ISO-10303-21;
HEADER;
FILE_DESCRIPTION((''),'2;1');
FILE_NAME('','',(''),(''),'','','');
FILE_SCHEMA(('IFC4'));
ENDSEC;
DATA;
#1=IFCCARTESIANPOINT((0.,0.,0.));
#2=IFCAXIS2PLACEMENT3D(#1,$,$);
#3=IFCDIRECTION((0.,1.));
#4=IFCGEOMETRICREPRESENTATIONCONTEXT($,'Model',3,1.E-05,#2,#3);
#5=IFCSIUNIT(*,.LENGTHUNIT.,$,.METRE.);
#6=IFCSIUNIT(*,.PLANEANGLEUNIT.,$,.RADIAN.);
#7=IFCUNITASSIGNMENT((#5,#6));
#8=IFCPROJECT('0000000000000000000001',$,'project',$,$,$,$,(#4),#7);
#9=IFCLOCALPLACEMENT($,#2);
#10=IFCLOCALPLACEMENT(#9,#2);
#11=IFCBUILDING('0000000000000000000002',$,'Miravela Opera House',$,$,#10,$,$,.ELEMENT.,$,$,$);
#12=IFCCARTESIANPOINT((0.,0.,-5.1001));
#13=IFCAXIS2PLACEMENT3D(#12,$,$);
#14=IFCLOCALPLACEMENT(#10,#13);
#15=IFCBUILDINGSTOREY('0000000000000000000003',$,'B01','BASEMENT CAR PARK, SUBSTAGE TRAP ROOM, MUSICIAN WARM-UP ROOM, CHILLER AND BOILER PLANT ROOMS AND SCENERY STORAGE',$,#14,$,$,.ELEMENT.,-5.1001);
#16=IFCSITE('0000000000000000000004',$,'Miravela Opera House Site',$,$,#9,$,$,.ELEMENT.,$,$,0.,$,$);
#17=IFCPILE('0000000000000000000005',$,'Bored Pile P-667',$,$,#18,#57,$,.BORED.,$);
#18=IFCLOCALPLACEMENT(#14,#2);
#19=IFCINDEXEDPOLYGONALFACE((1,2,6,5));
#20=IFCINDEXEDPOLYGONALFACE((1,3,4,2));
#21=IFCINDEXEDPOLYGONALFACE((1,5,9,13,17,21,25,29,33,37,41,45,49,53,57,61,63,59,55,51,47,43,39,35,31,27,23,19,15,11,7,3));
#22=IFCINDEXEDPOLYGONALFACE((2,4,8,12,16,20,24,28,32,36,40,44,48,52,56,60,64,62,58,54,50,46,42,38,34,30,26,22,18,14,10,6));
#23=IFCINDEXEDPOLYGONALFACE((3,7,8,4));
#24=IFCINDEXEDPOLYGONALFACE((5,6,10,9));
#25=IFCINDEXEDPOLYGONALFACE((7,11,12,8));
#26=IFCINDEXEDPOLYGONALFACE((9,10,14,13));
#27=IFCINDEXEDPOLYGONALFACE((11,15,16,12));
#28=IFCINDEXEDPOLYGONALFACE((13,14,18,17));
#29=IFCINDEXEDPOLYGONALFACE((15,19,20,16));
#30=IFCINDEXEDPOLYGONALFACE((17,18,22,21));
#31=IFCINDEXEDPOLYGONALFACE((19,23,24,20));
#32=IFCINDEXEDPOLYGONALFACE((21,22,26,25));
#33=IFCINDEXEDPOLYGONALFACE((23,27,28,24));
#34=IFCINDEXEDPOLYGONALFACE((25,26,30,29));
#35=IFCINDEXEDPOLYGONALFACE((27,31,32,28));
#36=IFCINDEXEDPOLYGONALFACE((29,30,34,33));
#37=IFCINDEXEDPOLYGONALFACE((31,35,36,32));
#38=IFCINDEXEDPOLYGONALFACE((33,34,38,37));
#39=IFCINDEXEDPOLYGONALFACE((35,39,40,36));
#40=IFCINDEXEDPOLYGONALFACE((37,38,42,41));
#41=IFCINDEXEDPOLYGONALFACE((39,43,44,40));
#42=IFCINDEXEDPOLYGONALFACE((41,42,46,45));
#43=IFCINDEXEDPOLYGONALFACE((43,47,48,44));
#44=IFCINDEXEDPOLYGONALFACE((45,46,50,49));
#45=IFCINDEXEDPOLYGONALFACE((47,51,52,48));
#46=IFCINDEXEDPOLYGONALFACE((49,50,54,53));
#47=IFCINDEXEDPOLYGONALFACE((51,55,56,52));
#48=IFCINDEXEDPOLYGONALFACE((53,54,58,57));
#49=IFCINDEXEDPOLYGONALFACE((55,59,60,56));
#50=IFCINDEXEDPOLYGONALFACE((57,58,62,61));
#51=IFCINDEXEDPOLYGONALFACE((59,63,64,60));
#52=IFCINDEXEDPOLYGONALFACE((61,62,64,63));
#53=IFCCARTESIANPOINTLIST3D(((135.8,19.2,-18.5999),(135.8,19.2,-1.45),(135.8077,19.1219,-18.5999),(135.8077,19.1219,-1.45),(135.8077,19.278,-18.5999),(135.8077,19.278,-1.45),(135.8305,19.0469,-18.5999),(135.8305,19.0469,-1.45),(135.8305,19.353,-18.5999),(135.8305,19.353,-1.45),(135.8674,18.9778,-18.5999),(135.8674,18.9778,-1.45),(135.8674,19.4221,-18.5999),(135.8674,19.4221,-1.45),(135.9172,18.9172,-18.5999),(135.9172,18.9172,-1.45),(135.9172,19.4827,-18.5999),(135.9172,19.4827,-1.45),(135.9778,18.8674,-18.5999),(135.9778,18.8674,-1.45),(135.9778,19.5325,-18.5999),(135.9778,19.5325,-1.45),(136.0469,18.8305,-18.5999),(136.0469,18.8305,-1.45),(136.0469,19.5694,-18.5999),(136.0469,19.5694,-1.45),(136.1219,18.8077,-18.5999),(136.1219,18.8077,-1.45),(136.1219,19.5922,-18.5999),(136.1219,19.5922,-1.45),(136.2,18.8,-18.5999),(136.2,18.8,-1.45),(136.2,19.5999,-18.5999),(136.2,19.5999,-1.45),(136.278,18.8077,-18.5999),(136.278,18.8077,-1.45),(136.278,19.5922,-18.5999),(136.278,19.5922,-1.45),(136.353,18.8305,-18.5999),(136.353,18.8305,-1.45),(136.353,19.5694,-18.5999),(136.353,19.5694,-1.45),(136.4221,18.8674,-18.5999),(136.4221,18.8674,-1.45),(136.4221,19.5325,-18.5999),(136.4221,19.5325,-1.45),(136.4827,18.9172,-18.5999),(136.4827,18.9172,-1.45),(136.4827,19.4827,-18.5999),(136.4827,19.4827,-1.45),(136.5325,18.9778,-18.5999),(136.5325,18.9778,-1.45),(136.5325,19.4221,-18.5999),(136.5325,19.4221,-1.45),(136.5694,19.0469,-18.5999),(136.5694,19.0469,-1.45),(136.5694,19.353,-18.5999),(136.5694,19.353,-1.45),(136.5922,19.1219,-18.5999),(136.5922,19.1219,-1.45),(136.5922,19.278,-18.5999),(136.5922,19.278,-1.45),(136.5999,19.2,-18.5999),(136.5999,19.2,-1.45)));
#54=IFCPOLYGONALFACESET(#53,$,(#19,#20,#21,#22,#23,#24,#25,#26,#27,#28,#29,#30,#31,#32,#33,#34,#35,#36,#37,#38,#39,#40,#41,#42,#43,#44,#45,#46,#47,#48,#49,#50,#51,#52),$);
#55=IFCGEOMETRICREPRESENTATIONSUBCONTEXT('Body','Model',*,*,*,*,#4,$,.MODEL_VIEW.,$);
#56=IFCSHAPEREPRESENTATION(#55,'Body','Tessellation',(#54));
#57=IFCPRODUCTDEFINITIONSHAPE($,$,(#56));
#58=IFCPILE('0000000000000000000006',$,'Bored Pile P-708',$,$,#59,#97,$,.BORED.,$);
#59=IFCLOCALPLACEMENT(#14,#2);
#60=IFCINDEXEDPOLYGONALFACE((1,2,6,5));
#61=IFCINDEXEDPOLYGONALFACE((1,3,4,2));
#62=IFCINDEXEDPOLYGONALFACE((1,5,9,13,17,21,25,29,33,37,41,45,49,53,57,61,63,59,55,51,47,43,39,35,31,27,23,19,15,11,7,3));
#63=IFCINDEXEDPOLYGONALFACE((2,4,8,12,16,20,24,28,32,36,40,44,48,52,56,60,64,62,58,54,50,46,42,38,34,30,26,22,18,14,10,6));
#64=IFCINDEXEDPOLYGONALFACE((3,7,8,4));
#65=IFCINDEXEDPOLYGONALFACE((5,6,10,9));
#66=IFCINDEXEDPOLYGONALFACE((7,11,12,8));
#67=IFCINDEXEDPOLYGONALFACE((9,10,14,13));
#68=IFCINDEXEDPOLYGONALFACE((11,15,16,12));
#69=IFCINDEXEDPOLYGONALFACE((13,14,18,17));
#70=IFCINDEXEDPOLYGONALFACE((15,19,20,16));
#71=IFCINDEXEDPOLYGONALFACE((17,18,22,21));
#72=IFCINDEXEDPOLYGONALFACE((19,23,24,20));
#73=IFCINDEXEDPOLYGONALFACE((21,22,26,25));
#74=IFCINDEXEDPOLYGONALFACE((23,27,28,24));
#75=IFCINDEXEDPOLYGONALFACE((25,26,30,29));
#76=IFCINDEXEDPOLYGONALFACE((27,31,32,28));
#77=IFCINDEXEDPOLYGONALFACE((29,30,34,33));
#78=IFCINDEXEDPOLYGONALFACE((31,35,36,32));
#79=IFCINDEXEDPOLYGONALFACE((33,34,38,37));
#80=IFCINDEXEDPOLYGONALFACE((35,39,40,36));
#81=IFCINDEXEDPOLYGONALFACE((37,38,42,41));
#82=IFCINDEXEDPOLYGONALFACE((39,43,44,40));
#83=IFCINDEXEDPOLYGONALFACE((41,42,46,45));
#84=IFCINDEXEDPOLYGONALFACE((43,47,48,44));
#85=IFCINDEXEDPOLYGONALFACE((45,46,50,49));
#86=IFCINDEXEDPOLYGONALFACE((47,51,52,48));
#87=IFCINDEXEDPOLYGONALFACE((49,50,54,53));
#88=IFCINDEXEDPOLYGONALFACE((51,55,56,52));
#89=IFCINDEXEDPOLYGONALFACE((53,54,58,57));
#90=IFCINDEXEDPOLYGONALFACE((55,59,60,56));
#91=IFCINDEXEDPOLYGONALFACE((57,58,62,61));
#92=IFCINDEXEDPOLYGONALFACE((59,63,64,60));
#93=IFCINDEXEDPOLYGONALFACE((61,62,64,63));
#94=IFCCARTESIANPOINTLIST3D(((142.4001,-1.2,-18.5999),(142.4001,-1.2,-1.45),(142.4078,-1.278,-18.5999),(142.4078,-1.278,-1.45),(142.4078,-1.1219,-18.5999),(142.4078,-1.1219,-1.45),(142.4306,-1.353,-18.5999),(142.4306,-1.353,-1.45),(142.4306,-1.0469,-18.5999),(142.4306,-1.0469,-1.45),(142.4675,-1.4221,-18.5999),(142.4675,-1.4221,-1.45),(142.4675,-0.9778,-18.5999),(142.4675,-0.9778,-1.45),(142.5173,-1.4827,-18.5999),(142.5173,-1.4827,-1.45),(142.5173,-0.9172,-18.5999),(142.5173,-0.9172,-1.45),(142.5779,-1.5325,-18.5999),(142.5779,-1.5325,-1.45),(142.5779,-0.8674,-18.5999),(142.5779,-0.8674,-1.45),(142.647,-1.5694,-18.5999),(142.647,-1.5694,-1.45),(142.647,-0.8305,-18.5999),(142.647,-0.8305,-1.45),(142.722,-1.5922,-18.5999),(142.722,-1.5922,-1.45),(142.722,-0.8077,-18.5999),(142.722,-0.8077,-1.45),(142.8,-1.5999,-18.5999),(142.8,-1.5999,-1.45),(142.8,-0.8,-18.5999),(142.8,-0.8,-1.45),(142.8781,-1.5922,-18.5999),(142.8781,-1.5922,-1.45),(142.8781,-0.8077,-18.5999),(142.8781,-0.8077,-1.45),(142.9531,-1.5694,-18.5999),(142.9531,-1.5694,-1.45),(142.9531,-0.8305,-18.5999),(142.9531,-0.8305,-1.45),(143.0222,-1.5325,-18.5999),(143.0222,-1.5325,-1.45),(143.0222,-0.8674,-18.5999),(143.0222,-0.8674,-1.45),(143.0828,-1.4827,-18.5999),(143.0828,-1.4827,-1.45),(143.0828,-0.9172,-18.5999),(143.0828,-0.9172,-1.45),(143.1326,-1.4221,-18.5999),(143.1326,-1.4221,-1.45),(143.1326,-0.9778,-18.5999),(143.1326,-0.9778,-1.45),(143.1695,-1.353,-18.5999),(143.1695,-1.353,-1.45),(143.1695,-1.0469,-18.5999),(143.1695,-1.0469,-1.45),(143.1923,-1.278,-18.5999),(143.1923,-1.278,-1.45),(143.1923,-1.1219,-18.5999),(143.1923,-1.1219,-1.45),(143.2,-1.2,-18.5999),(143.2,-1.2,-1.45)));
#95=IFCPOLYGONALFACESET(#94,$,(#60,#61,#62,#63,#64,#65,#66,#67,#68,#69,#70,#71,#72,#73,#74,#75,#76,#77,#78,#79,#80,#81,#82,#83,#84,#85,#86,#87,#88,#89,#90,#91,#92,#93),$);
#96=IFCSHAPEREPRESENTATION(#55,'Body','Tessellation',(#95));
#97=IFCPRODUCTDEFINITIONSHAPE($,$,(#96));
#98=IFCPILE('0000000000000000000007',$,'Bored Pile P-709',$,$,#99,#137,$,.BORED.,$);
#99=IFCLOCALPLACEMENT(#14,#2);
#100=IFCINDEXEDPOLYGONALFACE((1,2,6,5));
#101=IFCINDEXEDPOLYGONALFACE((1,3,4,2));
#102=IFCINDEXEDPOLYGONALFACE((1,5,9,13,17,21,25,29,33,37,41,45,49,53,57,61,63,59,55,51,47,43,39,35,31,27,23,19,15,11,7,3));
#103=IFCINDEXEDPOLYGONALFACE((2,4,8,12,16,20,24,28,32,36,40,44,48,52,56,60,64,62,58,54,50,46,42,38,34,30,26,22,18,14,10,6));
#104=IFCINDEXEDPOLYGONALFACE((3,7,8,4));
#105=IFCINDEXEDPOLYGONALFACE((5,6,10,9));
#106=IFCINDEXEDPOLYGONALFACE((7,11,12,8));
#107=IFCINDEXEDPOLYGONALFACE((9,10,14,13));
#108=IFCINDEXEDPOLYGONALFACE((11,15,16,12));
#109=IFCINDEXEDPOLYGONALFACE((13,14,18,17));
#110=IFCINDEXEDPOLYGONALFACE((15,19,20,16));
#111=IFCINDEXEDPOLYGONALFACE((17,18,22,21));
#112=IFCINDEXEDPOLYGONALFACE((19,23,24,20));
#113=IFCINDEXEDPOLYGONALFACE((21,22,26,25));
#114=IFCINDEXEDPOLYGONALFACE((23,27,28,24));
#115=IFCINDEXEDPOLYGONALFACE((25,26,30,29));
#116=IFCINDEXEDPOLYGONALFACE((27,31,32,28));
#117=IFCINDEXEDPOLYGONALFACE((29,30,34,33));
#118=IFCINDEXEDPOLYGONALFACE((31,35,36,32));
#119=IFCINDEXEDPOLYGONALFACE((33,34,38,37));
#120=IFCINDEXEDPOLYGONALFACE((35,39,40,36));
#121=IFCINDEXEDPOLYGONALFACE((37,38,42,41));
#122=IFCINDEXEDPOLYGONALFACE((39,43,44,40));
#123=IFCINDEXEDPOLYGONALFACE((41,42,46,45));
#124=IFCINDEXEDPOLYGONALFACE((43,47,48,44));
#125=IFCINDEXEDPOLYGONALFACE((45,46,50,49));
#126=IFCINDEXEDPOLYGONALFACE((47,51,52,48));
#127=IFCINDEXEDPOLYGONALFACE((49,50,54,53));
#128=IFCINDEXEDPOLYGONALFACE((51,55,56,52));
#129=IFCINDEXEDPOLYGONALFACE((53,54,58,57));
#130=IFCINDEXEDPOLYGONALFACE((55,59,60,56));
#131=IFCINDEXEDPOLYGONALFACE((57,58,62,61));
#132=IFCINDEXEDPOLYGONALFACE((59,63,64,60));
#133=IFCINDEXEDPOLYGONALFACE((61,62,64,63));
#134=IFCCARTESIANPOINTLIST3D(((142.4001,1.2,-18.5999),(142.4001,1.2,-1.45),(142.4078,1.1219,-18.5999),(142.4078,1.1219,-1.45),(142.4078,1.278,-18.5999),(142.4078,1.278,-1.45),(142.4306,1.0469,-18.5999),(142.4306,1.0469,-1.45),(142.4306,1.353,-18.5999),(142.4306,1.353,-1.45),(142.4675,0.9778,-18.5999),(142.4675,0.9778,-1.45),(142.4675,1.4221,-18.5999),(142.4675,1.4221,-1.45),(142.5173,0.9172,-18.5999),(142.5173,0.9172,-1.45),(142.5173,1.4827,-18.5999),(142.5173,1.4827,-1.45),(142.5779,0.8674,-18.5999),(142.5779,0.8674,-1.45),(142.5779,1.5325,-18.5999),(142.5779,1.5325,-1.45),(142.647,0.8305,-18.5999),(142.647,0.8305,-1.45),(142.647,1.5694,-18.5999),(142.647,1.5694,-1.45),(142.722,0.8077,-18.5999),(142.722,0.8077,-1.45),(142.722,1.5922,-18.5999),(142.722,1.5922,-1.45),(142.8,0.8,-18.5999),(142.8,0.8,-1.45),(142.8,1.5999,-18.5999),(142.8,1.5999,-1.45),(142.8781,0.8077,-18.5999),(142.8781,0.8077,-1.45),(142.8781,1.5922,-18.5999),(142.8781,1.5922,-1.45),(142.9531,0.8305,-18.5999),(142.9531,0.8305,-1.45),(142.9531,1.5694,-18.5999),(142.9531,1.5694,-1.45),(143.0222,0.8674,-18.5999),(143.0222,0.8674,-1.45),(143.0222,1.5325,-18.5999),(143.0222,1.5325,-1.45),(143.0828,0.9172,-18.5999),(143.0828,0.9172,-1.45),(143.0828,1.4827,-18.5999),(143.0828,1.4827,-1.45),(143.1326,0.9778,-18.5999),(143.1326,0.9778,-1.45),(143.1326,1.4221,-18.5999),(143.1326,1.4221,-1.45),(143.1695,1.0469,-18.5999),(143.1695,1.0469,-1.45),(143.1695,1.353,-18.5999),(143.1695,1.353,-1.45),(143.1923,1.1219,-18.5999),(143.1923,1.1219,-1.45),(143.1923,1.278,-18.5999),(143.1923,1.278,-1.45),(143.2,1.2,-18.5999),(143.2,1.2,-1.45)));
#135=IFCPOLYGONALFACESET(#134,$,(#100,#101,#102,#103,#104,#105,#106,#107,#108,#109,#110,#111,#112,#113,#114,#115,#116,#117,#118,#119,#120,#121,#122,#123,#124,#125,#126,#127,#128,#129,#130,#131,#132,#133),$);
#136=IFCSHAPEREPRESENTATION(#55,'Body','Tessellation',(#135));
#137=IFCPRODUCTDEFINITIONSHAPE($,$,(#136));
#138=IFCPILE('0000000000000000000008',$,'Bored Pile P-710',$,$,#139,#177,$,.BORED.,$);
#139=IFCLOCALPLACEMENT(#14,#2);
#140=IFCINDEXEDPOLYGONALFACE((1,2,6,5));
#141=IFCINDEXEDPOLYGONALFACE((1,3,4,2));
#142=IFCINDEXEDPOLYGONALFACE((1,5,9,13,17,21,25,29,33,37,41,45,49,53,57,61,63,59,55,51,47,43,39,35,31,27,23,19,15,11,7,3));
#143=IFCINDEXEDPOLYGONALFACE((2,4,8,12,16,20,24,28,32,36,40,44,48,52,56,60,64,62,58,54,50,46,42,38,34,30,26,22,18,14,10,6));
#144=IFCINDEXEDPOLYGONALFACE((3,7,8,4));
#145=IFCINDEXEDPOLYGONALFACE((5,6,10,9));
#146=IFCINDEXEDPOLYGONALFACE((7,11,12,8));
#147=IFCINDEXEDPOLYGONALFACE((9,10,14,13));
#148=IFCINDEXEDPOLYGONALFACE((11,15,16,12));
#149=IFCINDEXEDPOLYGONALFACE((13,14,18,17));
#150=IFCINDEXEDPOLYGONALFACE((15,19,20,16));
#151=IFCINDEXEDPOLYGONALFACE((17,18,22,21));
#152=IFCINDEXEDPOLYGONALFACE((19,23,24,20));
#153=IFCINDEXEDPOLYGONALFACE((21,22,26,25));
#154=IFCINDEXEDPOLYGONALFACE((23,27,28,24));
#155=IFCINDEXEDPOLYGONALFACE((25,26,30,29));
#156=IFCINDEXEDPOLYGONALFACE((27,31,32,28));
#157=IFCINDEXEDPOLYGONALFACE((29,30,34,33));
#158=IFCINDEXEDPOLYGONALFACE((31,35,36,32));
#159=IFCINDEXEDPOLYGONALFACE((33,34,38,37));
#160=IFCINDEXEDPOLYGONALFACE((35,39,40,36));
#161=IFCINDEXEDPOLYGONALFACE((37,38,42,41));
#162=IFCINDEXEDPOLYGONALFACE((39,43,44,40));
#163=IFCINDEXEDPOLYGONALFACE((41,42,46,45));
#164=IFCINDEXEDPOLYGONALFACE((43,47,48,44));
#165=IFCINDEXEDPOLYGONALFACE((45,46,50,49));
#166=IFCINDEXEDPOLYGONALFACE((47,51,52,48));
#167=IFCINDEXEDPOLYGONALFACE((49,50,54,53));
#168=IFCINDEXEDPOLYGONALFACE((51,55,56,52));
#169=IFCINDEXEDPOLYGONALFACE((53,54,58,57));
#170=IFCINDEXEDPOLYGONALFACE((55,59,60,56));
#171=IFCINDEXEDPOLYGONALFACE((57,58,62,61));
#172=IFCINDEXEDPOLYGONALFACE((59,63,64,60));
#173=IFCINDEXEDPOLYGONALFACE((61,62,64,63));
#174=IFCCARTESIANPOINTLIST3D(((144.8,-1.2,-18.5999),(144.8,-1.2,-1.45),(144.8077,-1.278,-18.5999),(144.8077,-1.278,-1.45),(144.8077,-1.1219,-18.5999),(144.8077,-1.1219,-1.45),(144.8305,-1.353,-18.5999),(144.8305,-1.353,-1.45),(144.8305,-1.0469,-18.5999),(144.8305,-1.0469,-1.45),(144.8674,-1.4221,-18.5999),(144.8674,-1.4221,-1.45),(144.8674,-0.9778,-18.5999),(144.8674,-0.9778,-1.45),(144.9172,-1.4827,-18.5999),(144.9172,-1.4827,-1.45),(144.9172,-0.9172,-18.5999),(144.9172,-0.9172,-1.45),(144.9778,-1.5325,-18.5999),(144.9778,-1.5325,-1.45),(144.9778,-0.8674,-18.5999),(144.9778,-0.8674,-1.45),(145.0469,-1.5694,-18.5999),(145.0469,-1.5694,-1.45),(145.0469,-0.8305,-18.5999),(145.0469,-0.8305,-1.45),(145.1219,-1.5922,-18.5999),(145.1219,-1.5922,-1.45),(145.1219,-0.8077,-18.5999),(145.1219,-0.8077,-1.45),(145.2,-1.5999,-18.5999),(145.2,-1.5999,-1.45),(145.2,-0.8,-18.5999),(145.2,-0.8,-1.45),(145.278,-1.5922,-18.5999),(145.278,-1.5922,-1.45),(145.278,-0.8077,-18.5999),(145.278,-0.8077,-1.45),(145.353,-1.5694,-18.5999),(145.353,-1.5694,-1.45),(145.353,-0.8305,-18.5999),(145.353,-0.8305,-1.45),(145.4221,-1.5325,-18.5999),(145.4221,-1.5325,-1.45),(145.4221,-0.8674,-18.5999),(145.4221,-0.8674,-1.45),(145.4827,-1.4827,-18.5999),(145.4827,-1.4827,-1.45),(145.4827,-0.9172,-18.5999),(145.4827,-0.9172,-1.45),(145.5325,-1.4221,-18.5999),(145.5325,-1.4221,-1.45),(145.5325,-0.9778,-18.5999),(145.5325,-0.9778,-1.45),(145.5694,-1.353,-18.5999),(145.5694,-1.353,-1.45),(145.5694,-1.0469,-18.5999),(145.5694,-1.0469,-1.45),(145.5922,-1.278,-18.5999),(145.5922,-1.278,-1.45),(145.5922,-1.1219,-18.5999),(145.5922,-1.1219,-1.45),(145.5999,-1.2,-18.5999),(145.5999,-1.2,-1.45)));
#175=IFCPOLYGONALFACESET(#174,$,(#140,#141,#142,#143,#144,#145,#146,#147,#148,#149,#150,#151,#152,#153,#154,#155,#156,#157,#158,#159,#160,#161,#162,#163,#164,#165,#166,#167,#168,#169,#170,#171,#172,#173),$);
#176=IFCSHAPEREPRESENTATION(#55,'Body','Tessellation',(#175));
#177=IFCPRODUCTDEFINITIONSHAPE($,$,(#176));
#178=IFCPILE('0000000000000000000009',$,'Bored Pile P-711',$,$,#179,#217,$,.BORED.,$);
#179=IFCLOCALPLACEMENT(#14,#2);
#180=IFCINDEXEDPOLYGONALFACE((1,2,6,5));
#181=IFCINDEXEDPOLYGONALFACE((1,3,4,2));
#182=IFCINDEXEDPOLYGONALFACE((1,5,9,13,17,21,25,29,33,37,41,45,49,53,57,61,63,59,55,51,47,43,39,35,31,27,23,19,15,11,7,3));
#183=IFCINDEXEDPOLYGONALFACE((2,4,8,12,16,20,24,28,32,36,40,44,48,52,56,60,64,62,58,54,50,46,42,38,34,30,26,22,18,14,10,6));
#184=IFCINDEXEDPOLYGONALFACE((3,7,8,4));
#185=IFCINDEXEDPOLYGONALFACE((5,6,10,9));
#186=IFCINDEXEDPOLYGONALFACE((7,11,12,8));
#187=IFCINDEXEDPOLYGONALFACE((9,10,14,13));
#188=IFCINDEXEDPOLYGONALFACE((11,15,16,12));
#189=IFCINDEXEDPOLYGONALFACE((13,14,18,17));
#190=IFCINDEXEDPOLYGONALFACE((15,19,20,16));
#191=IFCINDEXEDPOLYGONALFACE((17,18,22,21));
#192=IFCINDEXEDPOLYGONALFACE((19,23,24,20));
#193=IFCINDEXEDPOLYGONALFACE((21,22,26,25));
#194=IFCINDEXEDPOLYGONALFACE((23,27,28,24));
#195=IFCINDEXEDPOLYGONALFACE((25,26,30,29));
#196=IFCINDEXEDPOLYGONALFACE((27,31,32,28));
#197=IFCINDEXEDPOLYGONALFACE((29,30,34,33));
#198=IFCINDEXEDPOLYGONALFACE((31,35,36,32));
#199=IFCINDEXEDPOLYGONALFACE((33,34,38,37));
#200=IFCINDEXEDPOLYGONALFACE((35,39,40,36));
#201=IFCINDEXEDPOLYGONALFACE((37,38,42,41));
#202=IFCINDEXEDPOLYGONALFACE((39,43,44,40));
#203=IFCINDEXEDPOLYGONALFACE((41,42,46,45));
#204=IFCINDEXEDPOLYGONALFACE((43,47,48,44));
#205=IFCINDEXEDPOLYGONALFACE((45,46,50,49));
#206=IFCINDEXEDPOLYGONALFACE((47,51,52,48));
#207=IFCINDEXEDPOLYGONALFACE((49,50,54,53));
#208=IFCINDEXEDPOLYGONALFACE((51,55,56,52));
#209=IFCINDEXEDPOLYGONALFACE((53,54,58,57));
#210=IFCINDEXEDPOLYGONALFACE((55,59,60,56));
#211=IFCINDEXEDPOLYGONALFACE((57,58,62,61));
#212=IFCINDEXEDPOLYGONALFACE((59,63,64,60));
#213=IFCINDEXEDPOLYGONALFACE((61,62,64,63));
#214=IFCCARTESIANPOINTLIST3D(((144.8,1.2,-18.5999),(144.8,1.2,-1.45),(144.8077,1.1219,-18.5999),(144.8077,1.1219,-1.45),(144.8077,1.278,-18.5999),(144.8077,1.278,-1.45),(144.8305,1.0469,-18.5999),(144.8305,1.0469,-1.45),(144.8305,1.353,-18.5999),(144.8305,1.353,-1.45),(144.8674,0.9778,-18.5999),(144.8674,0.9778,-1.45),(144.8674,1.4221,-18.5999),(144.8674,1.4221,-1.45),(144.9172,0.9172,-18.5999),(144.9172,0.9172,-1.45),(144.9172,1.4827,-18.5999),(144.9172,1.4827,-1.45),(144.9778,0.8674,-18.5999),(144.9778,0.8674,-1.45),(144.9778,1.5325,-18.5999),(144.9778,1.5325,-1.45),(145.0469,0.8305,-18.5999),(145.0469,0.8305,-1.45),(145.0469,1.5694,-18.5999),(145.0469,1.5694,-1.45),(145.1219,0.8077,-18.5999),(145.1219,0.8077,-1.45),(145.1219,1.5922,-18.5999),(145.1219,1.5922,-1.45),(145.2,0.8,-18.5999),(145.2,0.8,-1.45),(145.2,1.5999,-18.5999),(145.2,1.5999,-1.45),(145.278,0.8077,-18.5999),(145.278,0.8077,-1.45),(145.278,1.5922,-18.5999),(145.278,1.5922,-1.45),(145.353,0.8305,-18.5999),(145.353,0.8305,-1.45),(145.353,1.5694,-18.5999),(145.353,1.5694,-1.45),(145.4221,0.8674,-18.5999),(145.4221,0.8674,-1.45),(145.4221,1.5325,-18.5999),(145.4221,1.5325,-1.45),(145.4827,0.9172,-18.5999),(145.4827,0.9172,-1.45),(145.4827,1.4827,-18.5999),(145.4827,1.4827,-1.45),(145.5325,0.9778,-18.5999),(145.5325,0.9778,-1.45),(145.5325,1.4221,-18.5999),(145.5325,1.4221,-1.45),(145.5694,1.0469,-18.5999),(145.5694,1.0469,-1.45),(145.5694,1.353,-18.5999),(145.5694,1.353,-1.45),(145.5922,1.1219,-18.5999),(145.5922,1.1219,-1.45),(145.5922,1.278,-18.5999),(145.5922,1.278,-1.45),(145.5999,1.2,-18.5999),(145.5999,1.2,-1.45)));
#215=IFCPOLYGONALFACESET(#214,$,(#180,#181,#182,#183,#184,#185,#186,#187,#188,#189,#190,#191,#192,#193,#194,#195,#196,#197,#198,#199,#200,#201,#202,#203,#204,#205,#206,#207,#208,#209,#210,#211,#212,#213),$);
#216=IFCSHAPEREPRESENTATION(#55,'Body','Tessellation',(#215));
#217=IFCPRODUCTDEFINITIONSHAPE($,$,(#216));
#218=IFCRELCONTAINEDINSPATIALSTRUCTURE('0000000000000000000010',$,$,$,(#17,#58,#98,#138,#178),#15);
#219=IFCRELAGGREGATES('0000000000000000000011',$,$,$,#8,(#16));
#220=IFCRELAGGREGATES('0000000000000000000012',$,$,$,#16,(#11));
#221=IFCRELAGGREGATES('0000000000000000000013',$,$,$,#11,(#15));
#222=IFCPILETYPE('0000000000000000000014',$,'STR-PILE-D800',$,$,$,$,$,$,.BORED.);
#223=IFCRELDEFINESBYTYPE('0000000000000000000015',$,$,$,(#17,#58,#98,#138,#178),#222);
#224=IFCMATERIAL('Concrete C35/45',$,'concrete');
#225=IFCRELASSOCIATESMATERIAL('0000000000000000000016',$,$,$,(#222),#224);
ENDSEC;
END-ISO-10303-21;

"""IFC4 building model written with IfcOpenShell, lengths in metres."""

from ifc_helpers import new_model, si_unit, direction, frame, origin, origin_2d, place, context, subcontext, project, spatial, circle, extrude, material, material_profile, profile_set, type_object, element, save


model = new_model("IFC4")

# Units and contexts
model_context = context("Model", 3, precision=1e-05, world=origin(), true_north=direction((0.0, 1.0)))
body_context = subcontext(model_context, "Body", "Model", "MODEL_VIEW")
ifc_project = project(units=[si_unit("LENGTHUNIT", "METRE"), si_unit("PLANEANGLEUNIT", "RADIAN")], contexts=[model_context])

# Site, building, storey
site_placement = place(None, origin())
site = spatial("IfcSite", under=ifc_project, at=site_placement, Name="Miravela Opera House Site", CompositionType="ELEMENT", RefElevation=0.0)
building_placement = place(site_placement, origin())
building = spatial("IfcBuilding", under=site, at=building_placement, Name="Miravela Opera House", CompositionType="ELEMENT")
storey_placement = place(building_placement, frame((0.0, 0.0, -5.1001)))
storey = spatial("IfcBuildingStorey", under=building, at=storey_placement, Name="B01", Description="BASEMENT CAR PARK, SUBSTAGE TRAP ROOM, MUSICIAN WARM-UP ROOM, CHILLER AND BOILER PLANT ROOMS AND SCENERY STORAGE", CompositionType="ELEMENT", Elevation=-5.1001)

# Shared definitions
ifc_material_1 = material(Name="Concrete C35/45", Category="concrete")

# Piles
ifc_material_profile_1 = material_profile(ifc_material_1, circle(Radius=0.3999, at=origin_2d()), Name="PILE-D800")
ifc_profile_set_1 = profile_set([ifc_material_profile_1])
pile_type = type_object("IfcPileType", Name="STR-PILE-D800", PredefinedType="BORED", material=ifc_profile_set_1)
for number, where, z_axis, x_axis, name in (
    (1, (136.2, 19.2, -1.45), (0.0, 0.0, -1.0), (1.0, 0.0, 0.0), "Bored Pile P-667"),
    (2, (142.8, -1.2, -1.45), (0.0, 0.0, -1.0), (1.0, 0.0, 0.0), "Bored Pile P-708"),
    (3, (142.8, 1.2, -1.45), (0.0, 0.0, -1.0), (1.0, 0.0, 0.0), "Bored Pile P-709"),
    (4, (145.2, -1.2, -1.45), (0.0, 0.0, -1.0), (1.0, 0.0, 0.0), "Bored Pile P-710"),
    (5, (145.2, 1.2, -1.45), (0.0, 0.0, -1.0), (1.0, 0.0, 0.0), "Bored Pile P-711"),
):
    element("IfcPile", number, at=place(storey_placement, frame(where, z_axis=z_axis, x_axis=x_axis)), inside=storey, type_object=pile_type, Name=name, PredefinedType="BORED", context=body_context, shape_type="SweptSolid", body=[
        extrude(circle(Radius=0.3999, at=origin_2d()), origin(), (0.0, 0.0, 1.0), 17.1499),
    ])

save(model, "model.ifc")
